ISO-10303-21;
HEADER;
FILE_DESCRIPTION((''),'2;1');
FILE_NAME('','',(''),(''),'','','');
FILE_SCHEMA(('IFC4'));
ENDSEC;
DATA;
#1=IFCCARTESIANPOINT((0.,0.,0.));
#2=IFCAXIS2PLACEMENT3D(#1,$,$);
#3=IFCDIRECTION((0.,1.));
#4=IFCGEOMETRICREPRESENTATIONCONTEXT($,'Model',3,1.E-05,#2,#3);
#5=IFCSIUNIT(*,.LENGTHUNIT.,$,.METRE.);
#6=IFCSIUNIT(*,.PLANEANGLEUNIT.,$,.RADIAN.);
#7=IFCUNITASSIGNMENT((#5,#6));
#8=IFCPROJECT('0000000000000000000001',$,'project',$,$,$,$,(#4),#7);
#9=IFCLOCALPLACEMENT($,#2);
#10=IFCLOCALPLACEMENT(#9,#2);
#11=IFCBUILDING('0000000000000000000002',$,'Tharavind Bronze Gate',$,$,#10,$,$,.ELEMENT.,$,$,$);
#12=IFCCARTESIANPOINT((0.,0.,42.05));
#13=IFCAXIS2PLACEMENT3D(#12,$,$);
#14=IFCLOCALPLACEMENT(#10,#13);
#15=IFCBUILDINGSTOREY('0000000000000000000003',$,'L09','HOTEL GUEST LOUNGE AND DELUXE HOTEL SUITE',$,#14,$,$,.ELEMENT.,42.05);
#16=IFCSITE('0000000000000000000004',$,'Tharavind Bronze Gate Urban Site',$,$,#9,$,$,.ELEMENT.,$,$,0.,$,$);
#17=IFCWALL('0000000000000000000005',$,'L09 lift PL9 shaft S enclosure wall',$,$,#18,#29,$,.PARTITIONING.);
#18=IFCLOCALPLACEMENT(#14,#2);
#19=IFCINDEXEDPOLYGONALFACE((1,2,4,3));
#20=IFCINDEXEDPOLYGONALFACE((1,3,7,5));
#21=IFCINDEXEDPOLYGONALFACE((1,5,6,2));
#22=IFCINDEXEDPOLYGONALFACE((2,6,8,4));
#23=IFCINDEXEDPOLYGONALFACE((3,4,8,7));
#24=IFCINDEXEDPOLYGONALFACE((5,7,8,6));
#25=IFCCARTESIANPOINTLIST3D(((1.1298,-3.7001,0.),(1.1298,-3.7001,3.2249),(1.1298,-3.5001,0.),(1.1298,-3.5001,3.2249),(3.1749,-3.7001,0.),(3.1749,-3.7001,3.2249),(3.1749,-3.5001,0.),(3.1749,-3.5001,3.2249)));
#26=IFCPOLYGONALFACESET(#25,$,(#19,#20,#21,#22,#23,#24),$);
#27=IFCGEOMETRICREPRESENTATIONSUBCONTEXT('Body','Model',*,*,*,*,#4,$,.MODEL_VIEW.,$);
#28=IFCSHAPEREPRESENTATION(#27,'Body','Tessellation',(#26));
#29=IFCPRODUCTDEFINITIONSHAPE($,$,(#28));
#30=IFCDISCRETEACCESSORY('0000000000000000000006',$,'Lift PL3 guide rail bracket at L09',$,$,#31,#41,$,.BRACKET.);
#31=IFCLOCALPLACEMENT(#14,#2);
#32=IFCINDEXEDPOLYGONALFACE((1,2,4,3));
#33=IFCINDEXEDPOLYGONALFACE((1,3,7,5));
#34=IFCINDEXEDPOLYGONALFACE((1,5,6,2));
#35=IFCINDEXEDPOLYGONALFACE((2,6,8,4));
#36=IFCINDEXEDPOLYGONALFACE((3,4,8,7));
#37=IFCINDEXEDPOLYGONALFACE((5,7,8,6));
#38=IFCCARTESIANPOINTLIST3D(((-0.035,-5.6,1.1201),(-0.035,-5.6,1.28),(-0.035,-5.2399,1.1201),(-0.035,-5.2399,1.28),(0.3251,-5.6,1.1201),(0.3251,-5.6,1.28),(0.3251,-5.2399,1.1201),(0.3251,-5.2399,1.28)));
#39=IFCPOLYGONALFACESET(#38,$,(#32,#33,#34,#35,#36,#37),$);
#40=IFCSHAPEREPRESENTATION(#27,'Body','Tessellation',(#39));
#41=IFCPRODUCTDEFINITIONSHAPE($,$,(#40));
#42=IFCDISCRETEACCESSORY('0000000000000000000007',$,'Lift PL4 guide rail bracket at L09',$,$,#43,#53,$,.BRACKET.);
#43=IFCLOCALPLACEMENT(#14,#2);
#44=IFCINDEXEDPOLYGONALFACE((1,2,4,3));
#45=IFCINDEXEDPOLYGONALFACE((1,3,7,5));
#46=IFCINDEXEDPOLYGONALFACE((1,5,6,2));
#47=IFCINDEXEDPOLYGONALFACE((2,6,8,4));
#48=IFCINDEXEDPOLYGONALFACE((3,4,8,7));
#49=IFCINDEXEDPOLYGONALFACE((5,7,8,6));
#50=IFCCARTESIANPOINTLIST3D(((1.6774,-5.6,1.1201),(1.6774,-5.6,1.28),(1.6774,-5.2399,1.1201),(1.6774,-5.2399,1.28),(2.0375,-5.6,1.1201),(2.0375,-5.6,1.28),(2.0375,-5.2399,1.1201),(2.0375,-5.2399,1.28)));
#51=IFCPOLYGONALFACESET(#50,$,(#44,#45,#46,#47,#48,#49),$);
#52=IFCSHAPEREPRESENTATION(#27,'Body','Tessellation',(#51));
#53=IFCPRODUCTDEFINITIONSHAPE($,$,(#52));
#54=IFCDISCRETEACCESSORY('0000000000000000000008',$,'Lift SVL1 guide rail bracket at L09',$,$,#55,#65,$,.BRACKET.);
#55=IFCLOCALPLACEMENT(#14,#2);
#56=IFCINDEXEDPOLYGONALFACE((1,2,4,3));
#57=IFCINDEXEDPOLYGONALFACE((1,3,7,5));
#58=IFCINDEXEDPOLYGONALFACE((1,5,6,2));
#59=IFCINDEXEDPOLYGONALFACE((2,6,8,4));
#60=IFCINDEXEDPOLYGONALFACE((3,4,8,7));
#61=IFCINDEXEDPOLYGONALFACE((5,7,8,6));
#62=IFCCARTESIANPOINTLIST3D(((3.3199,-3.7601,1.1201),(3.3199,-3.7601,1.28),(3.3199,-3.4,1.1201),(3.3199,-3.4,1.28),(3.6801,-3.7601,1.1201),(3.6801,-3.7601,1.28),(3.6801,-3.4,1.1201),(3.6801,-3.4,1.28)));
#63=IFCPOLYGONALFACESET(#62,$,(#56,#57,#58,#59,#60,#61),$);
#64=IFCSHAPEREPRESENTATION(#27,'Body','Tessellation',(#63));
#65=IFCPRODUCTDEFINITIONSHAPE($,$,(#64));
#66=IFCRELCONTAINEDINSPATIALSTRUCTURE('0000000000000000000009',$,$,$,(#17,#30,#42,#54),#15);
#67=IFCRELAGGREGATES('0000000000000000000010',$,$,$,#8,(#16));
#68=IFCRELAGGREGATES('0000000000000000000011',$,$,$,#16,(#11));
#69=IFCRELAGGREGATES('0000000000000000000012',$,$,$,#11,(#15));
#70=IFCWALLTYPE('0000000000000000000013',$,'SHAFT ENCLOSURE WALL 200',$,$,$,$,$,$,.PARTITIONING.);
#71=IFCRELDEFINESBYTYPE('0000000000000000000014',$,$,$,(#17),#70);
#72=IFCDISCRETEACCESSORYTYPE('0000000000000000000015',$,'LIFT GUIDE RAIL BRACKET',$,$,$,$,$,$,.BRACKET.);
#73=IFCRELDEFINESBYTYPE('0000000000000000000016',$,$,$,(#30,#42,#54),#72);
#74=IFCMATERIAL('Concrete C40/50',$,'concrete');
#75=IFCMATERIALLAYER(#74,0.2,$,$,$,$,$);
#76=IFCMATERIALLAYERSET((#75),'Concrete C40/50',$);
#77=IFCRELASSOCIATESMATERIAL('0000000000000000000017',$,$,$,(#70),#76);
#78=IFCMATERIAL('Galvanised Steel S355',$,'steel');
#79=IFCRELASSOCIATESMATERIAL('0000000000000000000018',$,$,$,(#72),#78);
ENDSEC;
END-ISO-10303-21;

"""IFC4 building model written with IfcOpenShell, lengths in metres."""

from ifc_helpers import new_model, si_unit, direction, frame, frame_2d, origin, origin_2d, place, context, subcontext, project, spatial, rectangle, extrude, material, layer, layer_set, type_object, element, save


model = new_model("IFC4")

# Units and contexts
model_context = context("Model", 3, precision=1e-05, world=origin(), true_north=direction((0.0, 1.0)))
body_context = subcontext(model_context, "Body", "Model", "MODEL_VIEW")
ifc_project = project(units=[si_unit("LENGTHUNIT", "METRE"), si_unit("PLANEANGLEUNIT", "RADIAN")], contexts=[model_context])

# Site, building, storey
site_placement = place(None, origin())
site = spatial("IfcSite", under=ifc_project, at=site_placement, Name="Tharavind Bronze Gate Urban Site", CompositionType="ELEMENT", RefElevation=0.0)
building_placement = place(site_placement, origin())
building = spatial("IfcBuilding", under=site, at=building_placement, Name="Tharavind Bronze Gate", CompositionType="ELEMENT")
storey_placement = place(building_placement, frame((0.0, 0.0, 42.05)))
storey = spatial("IfcBuildingStorey", under=building, at=storey_placement, Name="L09", Description="HOTEL GUEST LOUNGE AND DELUXE HOTEL SUITE", CompositionType="ELEMENT", Elevation=42.05)

# Wall
ifc_material_1 = material(Name="Concrete C40/50", Category="concrete")
ifc_layer_1 = layer(ifc_material_1, 0.2)
ifc_layer_set_1 = layer_set([ifc_layer_1], Name="Concrete C40/50")
wall_type_1 = type_object("IfcWallType", Name="SHAFT ENCLOSURE WALL 200", PredefinedType="PARTITIONING", material=ifc_layer_set_1)
wall_1_placement = place(storey_placement, frame((1.1299, -3.6001, 0.0), z_axis=(0.0, 0.0, 1.0), x_axis=(1.0, 0.0, 0.0)))
element("IfcWall", 1, at=wall_1_placement, inside=storey, type_object=wall_type_1, Name="L09 lift PL9 shaft S enclosure wall", PredefinedType="PARTITIONING", context=body_context, shape_type="SweptSolid", body=[
    extrude(rectangle(XDim=2.0452, YDim=0.2, at=frame_2d((1.0225, 0.0))), origin(), (0.0, 0.0, 1.0), 3.2249),
])

# Discrete accessories
ifc_material_2 = material(Name="Galvanised Steel S355", Category="steel")
discrete_accessory_type = type_object("IfcDiscreteAccessoryType", Name="LIFT GUIDE RAIL BRACKET", PredefinedType="BRACKET", material=ifc_material_2)
for number, where, z_axis, x_axis, name in (
    (2, (0.145, -5.4199, 1.1201), (0.0, 0.0, 1.0), (1.0, 0.0, 0.0), "Lift PL3 guide rail bracket at L09"),
    (3, (1.8574, -5.4199, 1.1201), (0.0, 0.0, 1.0), (1.0, 0.0, 0.0), "Lift PL4 guide rail bracket at L09"),
    (4, (3.5, -3.5801, 1.1201), (0.0, 0.0, 1.0), (1.0, 0.0, 0.0), "Lift SVL1 guide rail bracket at L09"),
):
    element("IfcDiscreteAccessory", number, at=place(storey_placement, frame(where, z_axis=z_axis, x_axis=x_axis)), inside=storey, type_object=discrete_accessory_type, Name=name, PredefinedType="BRACKET", context=body_context, shape_type="SweptSolid", body=[
        extrude(rectangle(XDim=0.3601, YDim=0.3601, at=origin_2d()), origin(), (0.0, 0.0, 1.0), 0.1599),
    ])

save(model, "model.ifc")
